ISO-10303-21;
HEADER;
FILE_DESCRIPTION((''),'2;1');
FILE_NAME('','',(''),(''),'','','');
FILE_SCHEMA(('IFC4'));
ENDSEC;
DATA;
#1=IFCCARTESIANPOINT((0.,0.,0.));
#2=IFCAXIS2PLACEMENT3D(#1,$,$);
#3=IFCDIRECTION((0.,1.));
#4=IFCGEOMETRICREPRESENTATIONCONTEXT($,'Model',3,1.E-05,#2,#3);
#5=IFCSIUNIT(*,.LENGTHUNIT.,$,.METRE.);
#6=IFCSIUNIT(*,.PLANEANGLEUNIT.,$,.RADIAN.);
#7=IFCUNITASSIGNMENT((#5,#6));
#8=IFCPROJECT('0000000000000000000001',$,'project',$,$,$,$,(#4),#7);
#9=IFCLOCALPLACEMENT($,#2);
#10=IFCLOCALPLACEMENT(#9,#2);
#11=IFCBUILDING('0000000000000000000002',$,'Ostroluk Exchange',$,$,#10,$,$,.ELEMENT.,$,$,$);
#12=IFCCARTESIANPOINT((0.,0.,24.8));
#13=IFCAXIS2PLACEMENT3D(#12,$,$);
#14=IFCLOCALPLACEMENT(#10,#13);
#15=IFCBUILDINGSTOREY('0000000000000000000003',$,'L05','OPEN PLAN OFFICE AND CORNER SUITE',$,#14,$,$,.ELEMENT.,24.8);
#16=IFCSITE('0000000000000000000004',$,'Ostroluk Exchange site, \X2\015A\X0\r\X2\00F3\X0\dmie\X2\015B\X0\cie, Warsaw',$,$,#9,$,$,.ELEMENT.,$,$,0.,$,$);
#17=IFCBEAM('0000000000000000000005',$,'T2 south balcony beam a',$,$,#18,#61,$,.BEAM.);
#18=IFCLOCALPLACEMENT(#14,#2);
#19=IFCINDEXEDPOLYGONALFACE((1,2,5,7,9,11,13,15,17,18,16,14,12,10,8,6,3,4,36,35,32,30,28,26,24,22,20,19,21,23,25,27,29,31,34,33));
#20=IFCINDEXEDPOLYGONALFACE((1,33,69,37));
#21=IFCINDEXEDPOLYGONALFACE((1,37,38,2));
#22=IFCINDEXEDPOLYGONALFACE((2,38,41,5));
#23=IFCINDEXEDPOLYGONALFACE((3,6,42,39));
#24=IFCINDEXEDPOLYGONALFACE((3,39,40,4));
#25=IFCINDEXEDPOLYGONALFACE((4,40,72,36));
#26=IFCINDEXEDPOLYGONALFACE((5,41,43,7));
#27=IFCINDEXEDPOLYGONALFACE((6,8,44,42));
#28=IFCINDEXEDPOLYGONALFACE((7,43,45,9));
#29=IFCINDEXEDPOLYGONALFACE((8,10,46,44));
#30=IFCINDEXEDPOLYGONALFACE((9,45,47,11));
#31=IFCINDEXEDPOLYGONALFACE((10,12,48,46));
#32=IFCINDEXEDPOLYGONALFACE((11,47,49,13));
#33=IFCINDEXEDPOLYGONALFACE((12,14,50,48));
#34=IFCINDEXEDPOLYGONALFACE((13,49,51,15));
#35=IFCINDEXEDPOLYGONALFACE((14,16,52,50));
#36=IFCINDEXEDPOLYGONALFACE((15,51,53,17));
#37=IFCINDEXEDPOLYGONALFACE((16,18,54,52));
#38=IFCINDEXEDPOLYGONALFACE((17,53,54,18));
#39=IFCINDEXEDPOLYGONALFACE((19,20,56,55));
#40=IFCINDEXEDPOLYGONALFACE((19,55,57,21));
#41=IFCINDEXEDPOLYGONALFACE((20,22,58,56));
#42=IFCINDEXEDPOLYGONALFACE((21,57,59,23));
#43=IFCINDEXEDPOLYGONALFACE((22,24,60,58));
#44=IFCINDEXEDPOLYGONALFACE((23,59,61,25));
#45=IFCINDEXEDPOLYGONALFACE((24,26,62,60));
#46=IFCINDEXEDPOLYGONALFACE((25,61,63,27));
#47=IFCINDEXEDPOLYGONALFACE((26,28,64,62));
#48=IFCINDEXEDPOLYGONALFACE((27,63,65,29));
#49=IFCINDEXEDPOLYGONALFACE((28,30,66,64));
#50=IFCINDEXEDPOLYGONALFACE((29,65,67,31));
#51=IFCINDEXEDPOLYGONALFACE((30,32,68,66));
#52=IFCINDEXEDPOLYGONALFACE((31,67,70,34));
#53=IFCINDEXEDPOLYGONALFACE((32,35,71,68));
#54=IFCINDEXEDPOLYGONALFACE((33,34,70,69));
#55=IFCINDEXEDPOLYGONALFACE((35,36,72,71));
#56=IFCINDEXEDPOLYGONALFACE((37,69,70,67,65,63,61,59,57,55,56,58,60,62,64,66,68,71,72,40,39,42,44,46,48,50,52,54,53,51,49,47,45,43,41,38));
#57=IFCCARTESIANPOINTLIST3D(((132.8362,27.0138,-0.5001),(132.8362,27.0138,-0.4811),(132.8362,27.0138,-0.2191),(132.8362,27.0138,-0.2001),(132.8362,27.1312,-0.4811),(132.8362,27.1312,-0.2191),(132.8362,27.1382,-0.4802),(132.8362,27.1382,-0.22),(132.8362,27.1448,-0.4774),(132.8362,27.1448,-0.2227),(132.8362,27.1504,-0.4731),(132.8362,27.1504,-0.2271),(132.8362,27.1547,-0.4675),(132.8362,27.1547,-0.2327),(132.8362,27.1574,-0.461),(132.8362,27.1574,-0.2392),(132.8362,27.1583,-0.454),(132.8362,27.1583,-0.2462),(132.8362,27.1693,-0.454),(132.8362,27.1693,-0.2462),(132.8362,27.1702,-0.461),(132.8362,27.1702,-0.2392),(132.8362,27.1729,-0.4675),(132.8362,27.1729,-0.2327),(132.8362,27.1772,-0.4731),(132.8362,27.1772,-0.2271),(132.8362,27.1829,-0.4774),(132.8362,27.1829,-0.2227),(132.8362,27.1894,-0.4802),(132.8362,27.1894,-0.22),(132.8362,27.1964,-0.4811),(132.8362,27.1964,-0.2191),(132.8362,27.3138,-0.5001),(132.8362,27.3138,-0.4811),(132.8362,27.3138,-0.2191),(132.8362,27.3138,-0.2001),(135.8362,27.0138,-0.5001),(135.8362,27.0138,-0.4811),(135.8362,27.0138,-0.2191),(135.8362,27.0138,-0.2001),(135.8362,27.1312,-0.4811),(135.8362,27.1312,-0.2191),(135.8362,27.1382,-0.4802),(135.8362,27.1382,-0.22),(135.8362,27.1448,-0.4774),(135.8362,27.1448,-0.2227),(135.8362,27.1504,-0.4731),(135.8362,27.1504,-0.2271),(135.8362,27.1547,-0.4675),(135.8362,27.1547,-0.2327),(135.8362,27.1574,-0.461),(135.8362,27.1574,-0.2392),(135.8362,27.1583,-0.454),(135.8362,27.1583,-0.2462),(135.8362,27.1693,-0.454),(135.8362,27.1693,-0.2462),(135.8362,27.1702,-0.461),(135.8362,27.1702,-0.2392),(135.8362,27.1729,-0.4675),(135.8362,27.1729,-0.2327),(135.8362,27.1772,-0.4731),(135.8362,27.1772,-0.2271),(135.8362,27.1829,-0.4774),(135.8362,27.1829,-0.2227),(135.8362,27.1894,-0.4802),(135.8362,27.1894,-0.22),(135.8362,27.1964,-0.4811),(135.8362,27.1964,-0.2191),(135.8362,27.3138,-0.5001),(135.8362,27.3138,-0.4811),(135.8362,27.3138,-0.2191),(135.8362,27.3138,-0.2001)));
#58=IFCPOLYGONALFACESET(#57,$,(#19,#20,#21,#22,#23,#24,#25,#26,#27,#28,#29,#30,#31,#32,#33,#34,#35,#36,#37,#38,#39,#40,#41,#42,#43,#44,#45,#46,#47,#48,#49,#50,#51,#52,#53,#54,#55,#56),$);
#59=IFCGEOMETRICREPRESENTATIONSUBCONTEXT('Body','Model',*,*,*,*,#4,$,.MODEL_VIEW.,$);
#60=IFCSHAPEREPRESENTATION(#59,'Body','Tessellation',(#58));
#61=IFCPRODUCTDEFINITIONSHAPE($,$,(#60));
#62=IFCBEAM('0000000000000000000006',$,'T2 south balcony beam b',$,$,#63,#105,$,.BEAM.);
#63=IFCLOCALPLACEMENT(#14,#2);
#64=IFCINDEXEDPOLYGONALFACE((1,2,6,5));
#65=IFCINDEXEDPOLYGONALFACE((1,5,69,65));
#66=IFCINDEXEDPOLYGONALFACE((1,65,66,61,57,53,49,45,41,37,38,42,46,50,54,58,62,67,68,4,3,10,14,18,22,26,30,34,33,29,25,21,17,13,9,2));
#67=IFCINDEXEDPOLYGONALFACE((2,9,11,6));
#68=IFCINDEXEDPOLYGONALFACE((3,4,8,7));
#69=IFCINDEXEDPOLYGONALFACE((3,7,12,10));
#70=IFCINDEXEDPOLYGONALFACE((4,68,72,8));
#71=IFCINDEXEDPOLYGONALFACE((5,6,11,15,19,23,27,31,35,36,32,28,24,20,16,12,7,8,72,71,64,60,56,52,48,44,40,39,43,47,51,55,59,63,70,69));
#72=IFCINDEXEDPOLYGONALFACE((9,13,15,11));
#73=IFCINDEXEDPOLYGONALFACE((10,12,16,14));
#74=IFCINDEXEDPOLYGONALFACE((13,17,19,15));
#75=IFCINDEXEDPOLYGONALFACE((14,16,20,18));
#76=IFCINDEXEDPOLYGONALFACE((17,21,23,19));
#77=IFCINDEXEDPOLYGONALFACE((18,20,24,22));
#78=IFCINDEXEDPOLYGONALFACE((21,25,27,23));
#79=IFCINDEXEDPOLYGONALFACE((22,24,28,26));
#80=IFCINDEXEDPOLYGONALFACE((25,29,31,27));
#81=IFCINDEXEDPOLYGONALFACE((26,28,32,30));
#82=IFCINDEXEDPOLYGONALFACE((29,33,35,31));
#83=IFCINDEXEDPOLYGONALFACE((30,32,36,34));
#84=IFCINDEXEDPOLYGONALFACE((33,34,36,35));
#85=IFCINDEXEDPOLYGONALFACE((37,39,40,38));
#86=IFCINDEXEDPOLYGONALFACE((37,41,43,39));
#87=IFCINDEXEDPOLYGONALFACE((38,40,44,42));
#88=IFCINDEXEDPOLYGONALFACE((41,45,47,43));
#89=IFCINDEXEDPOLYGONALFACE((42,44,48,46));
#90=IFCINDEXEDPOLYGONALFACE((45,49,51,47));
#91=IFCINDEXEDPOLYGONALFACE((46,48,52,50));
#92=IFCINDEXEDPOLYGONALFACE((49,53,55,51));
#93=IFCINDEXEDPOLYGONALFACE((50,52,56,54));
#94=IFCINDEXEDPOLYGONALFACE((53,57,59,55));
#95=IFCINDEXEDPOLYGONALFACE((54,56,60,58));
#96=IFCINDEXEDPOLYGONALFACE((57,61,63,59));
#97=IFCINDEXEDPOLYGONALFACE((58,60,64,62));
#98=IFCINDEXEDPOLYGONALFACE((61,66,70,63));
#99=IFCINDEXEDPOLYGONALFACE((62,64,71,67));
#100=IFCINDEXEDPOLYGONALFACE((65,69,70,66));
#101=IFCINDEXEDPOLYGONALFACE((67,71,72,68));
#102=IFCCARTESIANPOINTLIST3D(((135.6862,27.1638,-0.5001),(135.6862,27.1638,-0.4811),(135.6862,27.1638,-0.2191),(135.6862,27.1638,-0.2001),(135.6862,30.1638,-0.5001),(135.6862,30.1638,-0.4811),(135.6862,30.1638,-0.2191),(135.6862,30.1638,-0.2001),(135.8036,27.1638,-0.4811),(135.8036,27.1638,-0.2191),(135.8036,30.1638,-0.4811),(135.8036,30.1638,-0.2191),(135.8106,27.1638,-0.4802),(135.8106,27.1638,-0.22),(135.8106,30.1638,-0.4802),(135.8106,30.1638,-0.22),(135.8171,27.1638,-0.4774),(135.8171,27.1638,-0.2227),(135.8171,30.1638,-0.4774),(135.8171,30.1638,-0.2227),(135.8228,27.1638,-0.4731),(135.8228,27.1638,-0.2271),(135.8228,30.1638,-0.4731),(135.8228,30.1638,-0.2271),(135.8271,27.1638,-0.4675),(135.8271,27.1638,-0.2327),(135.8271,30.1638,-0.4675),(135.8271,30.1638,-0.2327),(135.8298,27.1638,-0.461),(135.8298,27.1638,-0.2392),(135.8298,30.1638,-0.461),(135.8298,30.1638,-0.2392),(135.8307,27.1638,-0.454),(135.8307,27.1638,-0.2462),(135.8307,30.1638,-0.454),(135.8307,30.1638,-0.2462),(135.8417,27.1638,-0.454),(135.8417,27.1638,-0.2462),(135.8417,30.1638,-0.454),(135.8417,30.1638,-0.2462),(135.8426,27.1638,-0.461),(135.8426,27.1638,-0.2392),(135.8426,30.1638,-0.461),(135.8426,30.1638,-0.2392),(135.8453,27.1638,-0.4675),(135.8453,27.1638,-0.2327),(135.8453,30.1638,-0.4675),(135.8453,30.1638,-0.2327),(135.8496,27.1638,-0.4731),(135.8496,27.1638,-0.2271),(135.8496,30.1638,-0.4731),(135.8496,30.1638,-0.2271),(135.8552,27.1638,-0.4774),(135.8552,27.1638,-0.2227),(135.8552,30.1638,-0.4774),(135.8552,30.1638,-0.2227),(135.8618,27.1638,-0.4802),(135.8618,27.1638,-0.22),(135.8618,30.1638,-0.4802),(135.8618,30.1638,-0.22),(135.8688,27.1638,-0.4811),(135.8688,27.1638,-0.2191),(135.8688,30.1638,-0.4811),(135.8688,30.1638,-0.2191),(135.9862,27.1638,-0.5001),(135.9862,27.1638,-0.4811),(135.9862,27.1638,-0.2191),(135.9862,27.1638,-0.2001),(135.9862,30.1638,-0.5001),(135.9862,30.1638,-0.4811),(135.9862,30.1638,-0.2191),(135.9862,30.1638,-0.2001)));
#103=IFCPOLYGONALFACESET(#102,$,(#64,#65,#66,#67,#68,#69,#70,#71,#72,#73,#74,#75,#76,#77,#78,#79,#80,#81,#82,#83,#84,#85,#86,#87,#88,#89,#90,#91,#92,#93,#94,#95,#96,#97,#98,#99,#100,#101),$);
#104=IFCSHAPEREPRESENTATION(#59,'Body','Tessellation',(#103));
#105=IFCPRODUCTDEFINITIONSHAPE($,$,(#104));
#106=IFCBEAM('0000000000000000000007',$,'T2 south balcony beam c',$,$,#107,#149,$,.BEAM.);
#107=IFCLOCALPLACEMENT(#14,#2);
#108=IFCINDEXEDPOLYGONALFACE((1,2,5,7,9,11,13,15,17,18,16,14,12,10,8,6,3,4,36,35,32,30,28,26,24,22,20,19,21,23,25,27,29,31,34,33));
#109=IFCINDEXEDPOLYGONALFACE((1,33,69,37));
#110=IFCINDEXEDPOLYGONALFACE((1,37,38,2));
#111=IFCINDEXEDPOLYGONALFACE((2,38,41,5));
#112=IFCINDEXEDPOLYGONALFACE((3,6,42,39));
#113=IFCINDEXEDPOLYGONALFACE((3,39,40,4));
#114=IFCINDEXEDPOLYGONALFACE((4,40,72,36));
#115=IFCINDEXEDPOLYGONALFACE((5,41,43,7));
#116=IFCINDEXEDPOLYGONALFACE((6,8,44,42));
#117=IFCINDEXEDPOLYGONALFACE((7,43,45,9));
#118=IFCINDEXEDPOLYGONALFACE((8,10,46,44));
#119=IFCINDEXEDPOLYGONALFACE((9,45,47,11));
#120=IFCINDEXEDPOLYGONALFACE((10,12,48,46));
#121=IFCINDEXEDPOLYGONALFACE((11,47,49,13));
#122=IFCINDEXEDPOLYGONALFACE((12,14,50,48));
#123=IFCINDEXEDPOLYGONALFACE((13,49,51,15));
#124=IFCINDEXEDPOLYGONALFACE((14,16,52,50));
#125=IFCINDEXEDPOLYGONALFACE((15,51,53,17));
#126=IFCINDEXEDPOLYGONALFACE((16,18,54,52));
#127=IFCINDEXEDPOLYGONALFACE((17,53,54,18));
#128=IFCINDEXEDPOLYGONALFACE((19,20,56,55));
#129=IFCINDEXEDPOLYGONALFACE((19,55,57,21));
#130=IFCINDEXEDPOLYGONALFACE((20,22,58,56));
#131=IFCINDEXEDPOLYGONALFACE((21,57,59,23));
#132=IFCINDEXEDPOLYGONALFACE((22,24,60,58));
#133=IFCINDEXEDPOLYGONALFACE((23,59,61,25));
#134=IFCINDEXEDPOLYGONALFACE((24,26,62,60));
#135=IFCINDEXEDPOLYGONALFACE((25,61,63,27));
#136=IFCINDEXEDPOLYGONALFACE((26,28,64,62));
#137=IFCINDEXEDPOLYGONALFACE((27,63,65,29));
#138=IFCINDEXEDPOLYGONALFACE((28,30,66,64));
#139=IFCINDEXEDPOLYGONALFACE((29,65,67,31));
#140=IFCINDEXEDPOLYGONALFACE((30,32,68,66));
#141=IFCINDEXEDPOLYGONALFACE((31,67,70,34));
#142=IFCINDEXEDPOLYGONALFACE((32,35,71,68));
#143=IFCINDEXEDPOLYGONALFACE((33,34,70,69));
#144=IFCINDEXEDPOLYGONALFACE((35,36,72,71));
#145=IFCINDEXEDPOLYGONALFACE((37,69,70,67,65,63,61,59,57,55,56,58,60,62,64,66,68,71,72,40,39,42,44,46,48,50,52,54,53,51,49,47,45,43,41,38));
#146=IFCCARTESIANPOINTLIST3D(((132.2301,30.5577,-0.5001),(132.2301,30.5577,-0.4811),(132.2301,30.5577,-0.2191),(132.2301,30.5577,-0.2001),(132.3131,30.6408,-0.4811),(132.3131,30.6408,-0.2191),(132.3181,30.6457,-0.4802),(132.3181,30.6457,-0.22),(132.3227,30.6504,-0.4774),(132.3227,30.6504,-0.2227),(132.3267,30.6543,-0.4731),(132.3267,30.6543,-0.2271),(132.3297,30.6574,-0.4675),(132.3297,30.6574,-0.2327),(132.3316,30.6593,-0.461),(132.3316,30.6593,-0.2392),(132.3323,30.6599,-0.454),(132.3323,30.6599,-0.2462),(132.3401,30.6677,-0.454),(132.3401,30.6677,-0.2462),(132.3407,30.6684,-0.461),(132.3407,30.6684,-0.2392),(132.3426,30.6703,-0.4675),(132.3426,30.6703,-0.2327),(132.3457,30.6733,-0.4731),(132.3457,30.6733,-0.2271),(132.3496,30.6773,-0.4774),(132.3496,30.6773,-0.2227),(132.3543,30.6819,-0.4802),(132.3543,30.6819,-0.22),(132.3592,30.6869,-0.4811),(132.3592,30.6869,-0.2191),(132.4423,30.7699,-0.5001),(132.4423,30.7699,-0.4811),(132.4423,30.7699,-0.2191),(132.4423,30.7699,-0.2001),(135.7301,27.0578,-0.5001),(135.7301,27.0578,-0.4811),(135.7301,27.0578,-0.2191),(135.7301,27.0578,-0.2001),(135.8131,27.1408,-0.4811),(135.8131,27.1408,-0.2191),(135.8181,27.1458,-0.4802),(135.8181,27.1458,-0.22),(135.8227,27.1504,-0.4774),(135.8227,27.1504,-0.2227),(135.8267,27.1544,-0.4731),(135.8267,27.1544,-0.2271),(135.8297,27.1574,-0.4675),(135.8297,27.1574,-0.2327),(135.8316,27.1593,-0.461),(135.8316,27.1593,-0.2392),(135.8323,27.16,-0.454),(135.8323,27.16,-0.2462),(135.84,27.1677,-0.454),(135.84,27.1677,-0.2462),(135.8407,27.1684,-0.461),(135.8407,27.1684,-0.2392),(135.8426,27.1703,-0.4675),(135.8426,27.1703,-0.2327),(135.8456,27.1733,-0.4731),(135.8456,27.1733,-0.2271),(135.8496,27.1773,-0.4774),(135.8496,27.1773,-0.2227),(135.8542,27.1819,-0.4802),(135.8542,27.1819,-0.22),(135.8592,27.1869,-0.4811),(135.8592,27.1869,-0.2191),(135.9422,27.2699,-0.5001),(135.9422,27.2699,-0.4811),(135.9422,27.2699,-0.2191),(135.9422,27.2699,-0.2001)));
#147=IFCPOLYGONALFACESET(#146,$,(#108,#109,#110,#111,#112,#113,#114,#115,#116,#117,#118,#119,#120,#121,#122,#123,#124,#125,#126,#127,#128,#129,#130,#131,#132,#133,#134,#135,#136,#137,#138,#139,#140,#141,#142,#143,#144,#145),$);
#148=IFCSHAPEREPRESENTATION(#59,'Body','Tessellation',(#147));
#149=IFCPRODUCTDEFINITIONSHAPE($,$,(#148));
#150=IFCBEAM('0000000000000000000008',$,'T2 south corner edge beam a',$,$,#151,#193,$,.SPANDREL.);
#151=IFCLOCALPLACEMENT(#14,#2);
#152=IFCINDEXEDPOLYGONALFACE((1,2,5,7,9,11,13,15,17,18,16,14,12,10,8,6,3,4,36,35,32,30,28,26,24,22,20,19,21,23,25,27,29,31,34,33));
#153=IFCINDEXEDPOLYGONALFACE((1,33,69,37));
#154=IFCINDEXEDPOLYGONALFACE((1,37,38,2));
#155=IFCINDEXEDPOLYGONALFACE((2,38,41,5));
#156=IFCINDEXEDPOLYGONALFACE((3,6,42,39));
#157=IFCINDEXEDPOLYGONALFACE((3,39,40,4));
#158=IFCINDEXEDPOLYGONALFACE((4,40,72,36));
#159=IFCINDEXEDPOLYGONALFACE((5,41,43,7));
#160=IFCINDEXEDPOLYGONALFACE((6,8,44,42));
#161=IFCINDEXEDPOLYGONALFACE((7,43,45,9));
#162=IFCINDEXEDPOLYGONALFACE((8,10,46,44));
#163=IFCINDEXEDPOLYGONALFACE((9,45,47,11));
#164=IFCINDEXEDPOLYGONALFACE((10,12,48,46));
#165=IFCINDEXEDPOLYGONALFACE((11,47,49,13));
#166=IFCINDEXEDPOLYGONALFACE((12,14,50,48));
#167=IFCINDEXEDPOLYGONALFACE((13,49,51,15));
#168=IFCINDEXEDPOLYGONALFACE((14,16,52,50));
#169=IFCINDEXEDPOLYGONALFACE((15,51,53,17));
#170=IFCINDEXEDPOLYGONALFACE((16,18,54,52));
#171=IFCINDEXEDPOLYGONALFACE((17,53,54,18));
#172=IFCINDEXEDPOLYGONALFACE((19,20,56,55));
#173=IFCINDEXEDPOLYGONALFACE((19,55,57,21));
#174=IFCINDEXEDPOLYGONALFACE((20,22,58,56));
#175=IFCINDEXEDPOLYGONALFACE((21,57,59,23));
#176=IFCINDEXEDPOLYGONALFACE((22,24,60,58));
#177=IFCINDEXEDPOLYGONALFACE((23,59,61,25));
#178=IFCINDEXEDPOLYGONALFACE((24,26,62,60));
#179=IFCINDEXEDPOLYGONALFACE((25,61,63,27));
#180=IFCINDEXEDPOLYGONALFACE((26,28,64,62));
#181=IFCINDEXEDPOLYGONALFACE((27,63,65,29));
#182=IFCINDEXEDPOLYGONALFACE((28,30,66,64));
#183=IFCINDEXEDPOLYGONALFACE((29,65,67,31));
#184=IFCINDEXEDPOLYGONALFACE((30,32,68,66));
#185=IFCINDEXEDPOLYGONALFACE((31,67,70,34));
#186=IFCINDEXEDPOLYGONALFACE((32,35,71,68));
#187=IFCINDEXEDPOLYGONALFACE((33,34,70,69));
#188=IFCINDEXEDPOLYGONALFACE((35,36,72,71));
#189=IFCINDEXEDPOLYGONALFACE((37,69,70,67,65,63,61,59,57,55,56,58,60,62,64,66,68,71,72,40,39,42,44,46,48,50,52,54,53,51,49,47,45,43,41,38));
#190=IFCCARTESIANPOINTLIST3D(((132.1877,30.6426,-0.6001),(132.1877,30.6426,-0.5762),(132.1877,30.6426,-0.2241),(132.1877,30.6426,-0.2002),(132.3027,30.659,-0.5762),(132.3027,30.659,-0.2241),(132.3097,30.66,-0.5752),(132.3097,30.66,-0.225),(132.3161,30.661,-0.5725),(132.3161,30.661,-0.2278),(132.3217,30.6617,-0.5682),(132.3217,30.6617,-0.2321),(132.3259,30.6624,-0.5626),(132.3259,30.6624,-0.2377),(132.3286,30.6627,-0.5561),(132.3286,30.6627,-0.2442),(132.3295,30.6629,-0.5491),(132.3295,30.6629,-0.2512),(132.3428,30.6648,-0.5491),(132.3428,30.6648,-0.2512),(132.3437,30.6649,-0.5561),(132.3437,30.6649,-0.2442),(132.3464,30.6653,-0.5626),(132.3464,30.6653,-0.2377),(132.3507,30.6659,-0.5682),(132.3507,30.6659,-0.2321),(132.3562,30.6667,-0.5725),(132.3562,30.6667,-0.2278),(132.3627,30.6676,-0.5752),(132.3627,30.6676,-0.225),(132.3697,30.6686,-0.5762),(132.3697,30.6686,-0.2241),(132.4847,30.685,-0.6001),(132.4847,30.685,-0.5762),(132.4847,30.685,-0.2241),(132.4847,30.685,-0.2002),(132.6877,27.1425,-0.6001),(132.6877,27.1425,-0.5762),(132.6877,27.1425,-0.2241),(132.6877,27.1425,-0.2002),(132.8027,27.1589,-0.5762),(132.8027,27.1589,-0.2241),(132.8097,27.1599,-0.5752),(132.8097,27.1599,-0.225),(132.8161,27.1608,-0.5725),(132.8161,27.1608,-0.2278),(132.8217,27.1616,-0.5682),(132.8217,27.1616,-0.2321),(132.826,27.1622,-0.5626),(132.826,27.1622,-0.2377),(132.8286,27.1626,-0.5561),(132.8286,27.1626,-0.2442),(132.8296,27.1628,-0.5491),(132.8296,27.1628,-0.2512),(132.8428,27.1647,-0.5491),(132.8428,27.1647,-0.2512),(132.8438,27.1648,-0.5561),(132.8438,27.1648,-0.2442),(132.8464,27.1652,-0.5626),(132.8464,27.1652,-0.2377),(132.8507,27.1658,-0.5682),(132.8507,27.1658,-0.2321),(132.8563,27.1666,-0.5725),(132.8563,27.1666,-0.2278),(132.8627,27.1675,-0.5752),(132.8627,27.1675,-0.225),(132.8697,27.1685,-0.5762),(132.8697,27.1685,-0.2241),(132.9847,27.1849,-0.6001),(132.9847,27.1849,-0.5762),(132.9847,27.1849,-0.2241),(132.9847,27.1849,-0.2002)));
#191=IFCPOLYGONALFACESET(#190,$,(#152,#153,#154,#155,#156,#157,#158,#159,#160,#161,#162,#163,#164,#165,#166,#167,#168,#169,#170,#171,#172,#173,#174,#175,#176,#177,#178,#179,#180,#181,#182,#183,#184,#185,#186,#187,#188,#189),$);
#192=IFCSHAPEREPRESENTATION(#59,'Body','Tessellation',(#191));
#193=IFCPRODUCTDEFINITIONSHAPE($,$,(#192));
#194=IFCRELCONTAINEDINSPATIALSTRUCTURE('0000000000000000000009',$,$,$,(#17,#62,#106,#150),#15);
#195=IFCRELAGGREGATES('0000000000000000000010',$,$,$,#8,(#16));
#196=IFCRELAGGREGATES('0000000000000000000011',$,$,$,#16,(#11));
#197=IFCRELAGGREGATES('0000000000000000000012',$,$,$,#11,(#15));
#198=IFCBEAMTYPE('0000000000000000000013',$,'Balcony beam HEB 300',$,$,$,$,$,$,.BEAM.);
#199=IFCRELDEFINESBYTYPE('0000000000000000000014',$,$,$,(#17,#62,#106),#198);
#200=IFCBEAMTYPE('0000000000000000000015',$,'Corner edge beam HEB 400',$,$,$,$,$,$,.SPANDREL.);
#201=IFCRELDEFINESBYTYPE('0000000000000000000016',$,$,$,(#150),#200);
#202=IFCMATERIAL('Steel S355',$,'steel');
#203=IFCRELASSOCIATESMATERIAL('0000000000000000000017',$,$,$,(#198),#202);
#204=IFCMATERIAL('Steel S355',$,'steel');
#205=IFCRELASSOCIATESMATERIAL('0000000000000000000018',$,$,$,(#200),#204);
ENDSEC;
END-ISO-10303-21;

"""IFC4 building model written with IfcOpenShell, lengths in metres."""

from ifc_helpers import new_model, si_unit, direction, frame, origin, origin_2d, place, context, subcontext, project, spatial, i_section, extrude, material, material_profile, profile_set, type_object, element, save


model = new_model("IFC4")

# Units and contexts
model_context = context("Model", 3, precision=1e-05, world=origin(), true_north=direction((0.0, 1.0)))
body_context = subcontext(model_context, "Body", "Model", "MODEL_VIEW")
ifc_project = project(units=[si_unit("LENGTHUNIT", "METRE"), si_unit("PLANEANGLEUNIT", "RADIAN")], contexts=[model_context])

# Site, building, storey
site_placement = place(None, origin())
site = spatial("IfcSite", under=ifc_project, at=site_placement, Name="Ostroluk Exchange site, Śródmieście, Warsaw", CompositionType="ELEMENT", RefElevation=0.0)
building_placement = place(site_placement, origin())
building = spatial("IfcBuilding", under=site, at=building_placement, Name="Ostroluk Exchange", CompositionType="ELEMENT")
storey_placement = place(building_placement, frame((0.0, 0.0, 24.8)))
storey = spatial("IfcBuildingStorey", under=building, at=storey_placement, Name="L05", Description="OPEN PLAN OFFICE AND CORNER SUITE", CompositionType="ELEMENT", Elevation=24.8)

# Beams
ifc_material_1 = material(Name="Steel S355", Category="steel")
ifc_material_profile_1 = material_profile(ifc_material_1, i_section(OverallWidth=0.3, OverallDepth=0.3, WebThickness=0.011, FlangeThickness=0.019, FilletRadius=0.0271, at=origin_2d()), Name="HEB 300")
ifc_profile_set_1 = profile_set([ifc_material_profile_1], Name="Steel S355")
beam_type_1 = type_object("IfcBeamType", Name="Balcony beam HEB 300", PredefinedType="BEAM", material=ifc_profile_set_1)
for number, where, z_axis, x_axis, name in (
    (1, (132.8362, 27.1638, -0.3501), (1.0, 0.0, 0.0), (0.0, 1.0, 0.0), "T2 south balcony beam a"),
    (2, (135.8362, 30.1638, -0.3501), (0.0, -1.0, 0.0), (1.0, 0.0, 0.0), "T2 south balcony beam b"),
):
    element("IfcBeam", number, at=place(storey_placement, frame(where, z_axis=z_axis, x_axis=x_axis)), inside=storey, type_object=beam_type_1, Name=name, PredefinedType="BEAM", context=body_context, shape_type="SweptSolid", body=[
        extrude(i_section(OverallWidth=0.3, OverallDepth=0.3, WebThickness=0.011, FlangeThickness=0.019, FilletRadius=0.0271, at=origin_2d()), origin(), (0.0, 0.0, 1.0), 3.0),
    ])
beam_1_placement = place(storey_placement, frame((132.3362, 30.6638, -0.3501), z_axis=(0.707107, -0.707107, 0.0), x_axis=(0.707107, 0.707107, 0.0)))
element("IfcBeam", 3, at=beam_1_placement, inside=storey, type_object=beam_type_1, Name="T2 south balcony beam c", PredefinedType="BEAM", context=body_context, shape_type="SweptSolid", body=[
    extrude(i_section(OverallWidth=0.3, OverallDepth=0.3, WebThickness=0.011, FlangeThickness=0.019, FilletRadius=0.0271, at=origin_2d()), origin(), (0.0, 0.0, 1.0), 4.9497),
])
ifc_material_2 = material(Name="Steel S355", Category="steel")
ifc_material_profile_2 = material_profile(ifc_material_2, i_section(OverallWidth=0.3, OverallDepth=0.3999, WebThickness=0.0134, FlangeThickness=0.0239, FilletRadius=0.0271, at=origin_2d()), Name="HEB 400")
ifc_profile_set_2 = profile_set([ifc_material_profile_2], Name="Steel S355")
beam_type_2 = type_object("IfcBeamType", Name="Corner edge beam HEB 400", PredefinedType="SPANDREL", material=ifc_profile_set_2)
for number, where, z_axis, x_axis, name in (
    (4, (132.3362, 30.6638, -0.4001), (0.141421, -0.989949, 0.0), (0.989949, 0.141421, 0.0), "T2 south corner edge beam a"),
):
    element("IfcBeam", number, at=place(storey_placement, frame(where, z_axis=z_axis, x_axis=x_axis)), inside=storey, type_object=beam_type_2, Name=name, PredefinedType="SPANDREL", context=body_context, shape_type="SweptSolid", body=[
        extrude(i_section(OverallWidth=0.3, OverallDepth=0.3999, WebThickness=0.0134, FlangeThickness=0.0239, FilletRadius=0.0271, at=origin_2d()), origin(), (0.0, 0.0, 1.0), 3.5356),
    ])

save(model, "model.ifc")
